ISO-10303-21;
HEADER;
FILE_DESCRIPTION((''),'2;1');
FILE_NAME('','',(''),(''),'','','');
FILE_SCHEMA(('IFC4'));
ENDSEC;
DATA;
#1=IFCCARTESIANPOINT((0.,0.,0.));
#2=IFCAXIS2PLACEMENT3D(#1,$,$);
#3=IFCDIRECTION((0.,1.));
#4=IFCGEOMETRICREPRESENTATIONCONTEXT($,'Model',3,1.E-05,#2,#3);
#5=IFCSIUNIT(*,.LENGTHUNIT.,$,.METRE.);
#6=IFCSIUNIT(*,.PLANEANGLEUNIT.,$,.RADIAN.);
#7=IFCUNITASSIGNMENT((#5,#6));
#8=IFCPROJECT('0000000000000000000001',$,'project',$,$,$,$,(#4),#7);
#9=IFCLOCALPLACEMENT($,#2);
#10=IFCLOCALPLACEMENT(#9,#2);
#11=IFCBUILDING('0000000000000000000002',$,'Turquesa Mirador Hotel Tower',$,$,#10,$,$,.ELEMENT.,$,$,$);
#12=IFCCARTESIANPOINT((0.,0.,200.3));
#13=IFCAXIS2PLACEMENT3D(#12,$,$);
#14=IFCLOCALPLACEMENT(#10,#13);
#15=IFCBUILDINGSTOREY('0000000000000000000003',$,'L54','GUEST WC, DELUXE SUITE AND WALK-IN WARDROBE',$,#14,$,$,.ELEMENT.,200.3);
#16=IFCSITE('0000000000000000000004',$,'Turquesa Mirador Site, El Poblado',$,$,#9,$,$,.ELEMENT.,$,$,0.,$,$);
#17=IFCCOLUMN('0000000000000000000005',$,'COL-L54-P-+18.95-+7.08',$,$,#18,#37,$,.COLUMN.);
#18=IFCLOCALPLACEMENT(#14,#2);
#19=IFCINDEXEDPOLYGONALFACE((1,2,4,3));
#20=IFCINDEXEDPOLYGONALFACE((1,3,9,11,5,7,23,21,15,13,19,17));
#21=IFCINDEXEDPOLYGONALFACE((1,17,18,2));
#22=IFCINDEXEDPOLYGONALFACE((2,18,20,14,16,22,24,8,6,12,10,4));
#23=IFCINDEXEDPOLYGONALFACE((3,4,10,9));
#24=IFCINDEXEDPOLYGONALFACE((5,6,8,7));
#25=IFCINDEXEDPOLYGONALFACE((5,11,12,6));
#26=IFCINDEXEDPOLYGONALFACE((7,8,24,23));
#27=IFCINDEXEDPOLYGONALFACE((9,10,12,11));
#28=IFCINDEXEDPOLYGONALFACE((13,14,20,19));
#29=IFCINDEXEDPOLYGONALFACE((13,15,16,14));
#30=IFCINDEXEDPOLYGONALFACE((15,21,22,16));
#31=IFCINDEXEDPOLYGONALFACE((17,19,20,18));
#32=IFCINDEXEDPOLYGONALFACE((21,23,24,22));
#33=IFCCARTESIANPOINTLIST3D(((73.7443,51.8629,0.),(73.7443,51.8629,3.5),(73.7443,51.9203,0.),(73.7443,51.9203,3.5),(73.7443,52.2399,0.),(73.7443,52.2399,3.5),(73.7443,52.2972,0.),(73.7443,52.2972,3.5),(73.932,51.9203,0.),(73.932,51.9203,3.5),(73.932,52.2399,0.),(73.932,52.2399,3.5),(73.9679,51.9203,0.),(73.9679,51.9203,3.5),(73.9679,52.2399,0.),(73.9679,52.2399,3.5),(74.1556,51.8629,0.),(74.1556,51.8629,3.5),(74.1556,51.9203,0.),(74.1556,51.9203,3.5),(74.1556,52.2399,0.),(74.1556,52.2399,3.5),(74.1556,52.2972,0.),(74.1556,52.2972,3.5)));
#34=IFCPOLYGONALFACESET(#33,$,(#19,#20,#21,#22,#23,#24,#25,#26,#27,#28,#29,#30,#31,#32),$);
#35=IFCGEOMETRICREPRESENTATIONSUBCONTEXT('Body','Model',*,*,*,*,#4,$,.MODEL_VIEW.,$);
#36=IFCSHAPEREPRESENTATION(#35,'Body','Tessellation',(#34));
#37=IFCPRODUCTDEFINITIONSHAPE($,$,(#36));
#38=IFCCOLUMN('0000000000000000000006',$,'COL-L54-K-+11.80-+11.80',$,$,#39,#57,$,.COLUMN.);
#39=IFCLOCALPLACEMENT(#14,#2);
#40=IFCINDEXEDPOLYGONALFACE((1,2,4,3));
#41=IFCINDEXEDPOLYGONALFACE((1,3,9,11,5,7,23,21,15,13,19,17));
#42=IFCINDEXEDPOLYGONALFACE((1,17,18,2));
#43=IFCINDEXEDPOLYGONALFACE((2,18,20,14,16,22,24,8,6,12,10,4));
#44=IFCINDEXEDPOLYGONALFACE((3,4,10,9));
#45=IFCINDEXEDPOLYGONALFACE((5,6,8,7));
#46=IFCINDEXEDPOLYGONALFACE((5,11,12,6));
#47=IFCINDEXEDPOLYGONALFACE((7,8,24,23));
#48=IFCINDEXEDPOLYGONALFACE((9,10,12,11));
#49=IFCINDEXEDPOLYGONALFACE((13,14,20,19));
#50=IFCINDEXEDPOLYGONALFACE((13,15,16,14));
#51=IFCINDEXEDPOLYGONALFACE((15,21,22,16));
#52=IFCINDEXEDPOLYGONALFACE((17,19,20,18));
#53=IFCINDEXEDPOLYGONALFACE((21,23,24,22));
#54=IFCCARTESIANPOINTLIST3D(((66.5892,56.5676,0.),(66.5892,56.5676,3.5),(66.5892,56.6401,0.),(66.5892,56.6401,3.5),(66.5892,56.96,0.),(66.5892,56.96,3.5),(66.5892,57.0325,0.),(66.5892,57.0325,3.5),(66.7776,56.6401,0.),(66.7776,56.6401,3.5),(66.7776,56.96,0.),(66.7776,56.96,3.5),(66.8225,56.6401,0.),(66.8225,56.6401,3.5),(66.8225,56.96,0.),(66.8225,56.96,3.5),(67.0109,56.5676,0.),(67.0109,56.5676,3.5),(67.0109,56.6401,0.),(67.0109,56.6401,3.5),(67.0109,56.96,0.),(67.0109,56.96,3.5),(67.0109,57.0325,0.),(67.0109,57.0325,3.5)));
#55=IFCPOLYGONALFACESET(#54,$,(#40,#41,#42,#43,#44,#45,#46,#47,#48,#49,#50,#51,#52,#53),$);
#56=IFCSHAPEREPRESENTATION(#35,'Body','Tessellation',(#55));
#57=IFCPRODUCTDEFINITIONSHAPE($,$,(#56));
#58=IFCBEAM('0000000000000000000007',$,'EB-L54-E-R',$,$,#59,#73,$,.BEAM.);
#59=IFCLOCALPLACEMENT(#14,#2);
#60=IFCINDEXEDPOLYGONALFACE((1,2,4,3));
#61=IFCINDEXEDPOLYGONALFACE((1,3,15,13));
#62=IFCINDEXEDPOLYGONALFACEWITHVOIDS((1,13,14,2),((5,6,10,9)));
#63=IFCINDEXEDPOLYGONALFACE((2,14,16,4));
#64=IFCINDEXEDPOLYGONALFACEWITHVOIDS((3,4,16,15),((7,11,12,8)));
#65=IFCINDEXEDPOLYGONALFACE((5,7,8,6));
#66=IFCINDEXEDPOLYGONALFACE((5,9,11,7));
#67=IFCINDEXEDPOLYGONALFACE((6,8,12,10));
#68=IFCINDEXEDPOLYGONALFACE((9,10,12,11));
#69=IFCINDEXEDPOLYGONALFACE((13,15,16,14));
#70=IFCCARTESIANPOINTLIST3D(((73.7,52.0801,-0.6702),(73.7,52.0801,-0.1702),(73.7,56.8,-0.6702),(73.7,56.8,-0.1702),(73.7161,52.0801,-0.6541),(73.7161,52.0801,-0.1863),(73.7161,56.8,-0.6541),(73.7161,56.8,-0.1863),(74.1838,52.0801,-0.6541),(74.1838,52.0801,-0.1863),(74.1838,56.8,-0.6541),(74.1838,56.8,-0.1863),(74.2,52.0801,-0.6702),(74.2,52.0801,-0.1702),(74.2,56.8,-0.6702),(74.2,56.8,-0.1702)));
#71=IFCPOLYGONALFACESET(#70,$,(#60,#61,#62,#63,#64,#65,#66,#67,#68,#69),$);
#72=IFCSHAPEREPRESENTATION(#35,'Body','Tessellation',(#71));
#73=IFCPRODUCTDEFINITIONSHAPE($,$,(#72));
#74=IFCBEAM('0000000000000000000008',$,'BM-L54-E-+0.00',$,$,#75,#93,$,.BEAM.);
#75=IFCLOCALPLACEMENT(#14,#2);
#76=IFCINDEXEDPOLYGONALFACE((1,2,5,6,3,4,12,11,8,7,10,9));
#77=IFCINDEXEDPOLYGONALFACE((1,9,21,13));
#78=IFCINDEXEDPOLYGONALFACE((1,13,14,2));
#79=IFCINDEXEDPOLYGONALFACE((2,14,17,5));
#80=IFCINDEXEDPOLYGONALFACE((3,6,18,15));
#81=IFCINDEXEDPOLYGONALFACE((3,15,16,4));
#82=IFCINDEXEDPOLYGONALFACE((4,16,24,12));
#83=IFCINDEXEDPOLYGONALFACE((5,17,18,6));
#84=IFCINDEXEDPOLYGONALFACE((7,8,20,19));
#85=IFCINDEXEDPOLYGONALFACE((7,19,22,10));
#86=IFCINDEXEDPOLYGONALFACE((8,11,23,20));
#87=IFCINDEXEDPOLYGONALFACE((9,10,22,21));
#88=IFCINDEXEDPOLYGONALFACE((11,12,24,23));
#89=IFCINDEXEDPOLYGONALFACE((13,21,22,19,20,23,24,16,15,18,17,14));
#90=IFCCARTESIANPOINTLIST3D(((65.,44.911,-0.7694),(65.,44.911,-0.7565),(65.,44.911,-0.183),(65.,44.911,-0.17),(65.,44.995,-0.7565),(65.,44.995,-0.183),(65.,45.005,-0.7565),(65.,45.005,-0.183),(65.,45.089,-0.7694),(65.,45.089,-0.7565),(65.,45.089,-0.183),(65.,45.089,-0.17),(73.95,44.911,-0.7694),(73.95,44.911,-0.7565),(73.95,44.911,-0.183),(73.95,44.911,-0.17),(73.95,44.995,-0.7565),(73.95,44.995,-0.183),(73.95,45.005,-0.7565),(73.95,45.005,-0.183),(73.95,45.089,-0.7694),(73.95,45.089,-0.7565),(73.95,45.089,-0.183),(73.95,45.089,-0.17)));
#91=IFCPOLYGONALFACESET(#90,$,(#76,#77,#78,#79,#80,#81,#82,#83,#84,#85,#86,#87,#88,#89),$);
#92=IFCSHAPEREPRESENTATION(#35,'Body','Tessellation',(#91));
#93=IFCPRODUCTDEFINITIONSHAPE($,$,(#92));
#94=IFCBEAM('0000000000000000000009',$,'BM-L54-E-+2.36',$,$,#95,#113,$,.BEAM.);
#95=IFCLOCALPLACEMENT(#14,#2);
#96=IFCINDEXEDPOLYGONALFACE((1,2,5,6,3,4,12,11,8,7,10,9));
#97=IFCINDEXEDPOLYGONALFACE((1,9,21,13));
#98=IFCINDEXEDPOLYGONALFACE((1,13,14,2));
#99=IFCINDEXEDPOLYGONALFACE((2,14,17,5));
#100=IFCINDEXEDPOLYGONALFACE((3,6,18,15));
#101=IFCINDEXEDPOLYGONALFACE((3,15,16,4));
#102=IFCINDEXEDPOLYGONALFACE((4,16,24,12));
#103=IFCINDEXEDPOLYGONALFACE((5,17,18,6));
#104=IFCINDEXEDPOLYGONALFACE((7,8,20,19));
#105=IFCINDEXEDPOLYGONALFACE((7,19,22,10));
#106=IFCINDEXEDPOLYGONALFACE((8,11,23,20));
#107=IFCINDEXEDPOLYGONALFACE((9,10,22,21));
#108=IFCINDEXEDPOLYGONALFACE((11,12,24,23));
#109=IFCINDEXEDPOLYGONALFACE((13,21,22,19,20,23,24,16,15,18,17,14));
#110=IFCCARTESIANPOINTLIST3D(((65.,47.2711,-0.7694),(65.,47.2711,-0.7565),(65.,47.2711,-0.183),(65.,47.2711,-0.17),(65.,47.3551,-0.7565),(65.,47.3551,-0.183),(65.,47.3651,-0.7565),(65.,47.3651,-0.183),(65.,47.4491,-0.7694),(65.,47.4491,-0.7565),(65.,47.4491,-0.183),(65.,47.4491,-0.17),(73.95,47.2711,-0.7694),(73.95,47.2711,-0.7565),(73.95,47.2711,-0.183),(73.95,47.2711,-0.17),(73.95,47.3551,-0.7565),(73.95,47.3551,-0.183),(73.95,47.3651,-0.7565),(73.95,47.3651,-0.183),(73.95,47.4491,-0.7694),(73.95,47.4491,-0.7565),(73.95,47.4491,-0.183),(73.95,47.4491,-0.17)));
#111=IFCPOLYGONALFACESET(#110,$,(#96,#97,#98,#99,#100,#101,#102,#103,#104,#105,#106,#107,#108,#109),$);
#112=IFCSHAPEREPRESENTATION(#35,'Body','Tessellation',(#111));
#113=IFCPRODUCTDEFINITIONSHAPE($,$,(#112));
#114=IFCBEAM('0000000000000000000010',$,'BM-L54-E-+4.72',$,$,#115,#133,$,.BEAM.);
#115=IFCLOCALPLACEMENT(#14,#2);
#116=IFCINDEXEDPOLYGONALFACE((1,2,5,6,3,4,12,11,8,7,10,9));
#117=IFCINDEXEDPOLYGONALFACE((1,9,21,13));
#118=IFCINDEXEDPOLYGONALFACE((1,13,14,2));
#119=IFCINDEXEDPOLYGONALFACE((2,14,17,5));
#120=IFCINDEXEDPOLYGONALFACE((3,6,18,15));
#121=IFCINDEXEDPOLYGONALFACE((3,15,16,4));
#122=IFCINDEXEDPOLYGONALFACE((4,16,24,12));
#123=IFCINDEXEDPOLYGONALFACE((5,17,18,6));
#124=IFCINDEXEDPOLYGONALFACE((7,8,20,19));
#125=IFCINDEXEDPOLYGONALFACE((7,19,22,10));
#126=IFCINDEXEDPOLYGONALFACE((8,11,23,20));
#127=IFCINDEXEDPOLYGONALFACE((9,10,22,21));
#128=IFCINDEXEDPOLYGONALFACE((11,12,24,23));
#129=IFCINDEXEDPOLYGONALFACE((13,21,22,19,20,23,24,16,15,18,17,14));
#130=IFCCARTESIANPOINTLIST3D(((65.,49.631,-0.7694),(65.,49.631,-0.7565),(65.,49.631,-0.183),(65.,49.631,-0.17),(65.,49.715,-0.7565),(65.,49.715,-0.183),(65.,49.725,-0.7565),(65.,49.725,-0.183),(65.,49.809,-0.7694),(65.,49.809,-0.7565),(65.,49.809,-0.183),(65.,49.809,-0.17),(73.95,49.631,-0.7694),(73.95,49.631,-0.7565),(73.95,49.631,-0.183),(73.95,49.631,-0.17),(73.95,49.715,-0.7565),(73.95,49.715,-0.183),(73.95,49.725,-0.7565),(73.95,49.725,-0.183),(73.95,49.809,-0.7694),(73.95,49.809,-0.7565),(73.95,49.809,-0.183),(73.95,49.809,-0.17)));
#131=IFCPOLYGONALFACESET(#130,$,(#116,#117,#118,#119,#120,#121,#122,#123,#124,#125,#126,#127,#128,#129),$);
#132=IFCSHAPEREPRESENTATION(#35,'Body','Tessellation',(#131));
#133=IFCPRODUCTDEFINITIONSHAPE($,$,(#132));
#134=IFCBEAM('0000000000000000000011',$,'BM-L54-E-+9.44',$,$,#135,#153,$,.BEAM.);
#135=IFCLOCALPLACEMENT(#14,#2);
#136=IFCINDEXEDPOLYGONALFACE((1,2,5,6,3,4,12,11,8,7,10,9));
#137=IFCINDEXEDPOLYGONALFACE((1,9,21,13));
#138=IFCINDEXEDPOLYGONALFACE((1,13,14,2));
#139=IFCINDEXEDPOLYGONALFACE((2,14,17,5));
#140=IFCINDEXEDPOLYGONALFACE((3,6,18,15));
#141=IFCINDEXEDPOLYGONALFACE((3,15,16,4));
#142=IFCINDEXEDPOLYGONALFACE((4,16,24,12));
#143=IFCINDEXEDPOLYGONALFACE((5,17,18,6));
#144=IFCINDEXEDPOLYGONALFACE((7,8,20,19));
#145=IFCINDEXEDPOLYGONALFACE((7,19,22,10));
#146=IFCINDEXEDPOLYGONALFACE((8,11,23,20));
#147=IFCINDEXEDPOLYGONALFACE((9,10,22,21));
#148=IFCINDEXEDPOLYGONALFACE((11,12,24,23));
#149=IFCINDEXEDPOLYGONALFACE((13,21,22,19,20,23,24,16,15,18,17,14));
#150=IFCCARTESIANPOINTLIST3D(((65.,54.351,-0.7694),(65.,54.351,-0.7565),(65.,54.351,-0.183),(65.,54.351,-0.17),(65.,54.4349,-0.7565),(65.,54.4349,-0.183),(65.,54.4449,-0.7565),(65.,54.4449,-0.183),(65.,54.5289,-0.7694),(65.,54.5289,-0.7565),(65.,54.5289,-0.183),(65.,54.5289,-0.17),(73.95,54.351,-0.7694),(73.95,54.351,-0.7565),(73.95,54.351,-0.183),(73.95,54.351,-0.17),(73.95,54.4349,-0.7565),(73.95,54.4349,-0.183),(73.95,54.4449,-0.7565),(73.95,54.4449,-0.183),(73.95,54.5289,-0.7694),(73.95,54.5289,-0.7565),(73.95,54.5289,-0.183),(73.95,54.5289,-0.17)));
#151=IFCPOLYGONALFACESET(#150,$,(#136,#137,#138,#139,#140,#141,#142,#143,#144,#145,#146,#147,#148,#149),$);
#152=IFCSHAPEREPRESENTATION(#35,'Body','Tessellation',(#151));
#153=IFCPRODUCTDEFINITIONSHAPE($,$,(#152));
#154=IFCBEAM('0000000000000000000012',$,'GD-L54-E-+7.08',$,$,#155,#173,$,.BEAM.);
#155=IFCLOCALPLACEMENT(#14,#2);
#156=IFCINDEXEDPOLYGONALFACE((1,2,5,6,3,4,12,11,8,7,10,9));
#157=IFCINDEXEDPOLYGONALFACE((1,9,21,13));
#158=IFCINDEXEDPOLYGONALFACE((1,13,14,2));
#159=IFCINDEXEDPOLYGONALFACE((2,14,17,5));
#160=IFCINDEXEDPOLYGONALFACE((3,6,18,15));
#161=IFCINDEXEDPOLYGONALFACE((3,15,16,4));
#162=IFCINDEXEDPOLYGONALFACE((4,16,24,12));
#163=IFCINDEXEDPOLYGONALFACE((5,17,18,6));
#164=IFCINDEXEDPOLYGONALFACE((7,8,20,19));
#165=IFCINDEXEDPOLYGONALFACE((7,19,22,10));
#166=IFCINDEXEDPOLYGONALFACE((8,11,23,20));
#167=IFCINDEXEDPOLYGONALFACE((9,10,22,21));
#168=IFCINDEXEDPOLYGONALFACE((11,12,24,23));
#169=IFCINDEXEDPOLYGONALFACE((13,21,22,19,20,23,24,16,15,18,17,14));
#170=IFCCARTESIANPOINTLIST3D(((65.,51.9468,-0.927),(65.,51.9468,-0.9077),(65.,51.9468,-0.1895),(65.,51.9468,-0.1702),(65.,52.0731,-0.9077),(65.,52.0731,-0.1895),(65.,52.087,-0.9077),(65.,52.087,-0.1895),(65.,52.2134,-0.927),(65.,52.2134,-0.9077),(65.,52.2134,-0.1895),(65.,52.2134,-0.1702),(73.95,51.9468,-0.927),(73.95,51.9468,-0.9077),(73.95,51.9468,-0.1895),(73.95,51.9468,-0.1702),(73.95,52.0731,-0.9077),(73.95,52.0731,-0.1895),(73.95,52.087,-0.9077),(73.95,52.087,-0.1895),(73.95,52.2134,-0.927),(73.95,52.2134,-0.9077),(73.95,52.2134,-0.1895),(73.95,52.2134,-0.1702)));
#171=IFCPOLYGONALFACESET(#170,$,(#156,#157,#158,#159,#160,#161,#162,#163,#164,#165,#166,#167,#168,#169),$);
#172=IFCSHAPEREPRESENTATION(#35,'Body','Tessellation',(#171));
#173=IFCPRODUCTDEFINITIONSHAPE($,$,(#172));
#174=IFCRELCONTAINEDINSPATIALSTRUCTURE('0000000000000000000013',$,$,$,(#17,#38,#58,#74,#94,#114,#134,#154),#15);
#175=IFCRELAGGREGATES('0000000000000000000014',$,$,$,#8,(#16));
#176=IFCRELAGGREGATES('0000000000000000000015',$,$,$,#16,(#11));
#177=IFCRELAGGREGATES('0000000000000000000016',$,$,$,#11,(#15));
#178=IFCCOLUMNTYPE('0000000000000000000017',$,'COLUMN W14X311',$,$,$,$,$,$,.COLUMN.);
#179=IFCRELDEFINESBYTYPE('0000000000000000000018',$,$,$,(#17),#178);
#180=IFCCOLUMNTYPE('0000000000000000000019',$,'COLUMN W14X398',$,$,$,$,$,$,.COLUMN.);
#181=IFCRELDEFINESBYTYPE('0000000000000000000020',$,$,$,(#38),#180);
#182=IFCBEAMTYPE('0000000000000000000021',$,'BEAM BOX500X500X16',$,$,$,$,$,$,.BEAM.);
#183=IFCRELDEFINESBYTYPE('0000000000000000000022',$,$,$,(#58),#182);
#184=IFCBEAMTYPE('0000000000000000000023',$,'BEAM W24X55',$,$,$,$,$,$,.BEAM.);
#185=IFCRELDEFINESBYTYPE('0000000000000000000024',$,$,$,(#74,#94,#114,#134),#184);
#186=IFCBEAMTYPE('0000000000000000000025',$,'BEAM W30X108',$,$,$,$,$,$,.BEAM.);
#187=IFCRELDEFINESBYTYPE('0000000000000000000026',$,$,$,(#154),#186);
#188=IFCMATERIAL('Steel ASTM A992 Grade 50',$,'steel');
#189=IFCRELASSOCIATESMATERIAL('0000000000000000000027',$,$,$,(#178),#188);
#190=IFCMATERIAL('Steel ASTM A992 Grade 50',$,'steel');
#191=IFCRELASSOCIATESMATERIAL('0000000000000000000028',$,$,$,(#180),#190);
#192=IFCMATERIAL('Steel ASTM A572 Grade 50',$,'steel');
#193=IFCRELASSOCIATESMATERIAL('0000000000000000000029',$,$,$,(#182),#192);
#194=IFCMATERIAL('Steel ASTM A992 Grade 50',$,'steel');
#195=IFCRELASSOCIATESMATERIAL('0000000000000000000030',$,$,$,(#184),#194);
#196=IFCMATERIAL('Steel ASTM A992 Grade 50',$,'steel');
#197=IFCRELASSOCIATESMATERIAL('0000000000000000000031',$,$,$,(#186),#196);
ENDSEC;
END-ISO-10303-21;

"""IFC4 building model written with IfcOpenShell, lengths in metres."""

from ifc_helpers import new_model, si_unit, direction, frame, origin, origin_2d, place, context, subcontext, project, spatial, hollow_rectangle, i_section, extrude, material, material_profile, profile_set, type_object, element, save


model = new_model("IFC4")

# Units and contexts
model_context = context("Model", 3, precision=1e-05, world=origin(), true_north=direction((0.0, 1.0)))
body_context = subcontext(model_context, "Body", "Model", "MODEL_VIEW")
ifc_project = project(units=[si_unit("LENGTHUNIT", "METRE"), si_unit("PLANEANGLEUNIT", "RADIAN")], contexts=[model_context])

# Site, building, storey
site_placement = place(None, origin())
site = spatial("IfcSite", under=ifc_project, at=site_placement, Name="Turquesa Mirador Site, El Poblado", CompositionType="ELEMENT", RefElevation=0.0)
building_placement = place(site_placement, origin())
building = spatial("IfcBuilding", under=site, at=building_placement, Name="Turquesa Mirador Hotel Tower", CompositionType="ELEMENT")
storey_placement = place(building_placement, frame((0.0, 0.0, 200.3)))
storey = spatial("IfcBuildingStorey", under=building, at=storey_placement, Name="L54", Description="GUEST WC, DELUXE SUITE AND WALK-IN WARDROBE", CompositionType="ELEMENT", Elevation=200.3)

# Columns
ifc_material_1 = material(Name="Steel ASTM A992 Grade 50", Category="steel")
ifc_material_profile_1 = material_profile(ifc_material_1, i_section(OverallWidth=0.4114, OverallDepth=0.4343, WebThickness=0.0359, FlangeThickness=0.0574, at=origin_2d()), Name="W14X311")
ifc_profile_set_1 = profile_set([ifc_material_profile_1], Name="Steel ASTM A992 Grade 50")
column_type_1 = type_object("IfcColumnType", Name="COLUMN W14X311", PredefinedType="COLUMN", material=ifc_profile_set_1)
column_1_placement = place(storey_placement, frame((73.95, 52.0801, 0.0), z_axis=(0.0, 0.0, 1.0), x_axis=(1.0, 0.0, 0.0)))
element("IfcColumn", 1, at=column_1_placement, inside=storey, type_object=column_type_1, Name="COL-L54-P-+18.95-+7.08", PredefinedType="COLUMN", context=body_context, shape_type="SweptSolid", body=[
    extrude(i_section(OverallWidth=0.4114, OverallDepth=0.4343, WebThickness=0.0359, FlangeThickness=0.0574, at=origin_2d()), origin(), (0.0, 0.0, 1.0), 3.5),
])
ifc_material_2 = material(Name="Steel ASTM A992 Grade 50", Category="steel")
ifc_material_profile_2 = material_profile(ifc_material_2, i_section(OverallWidth=0.4216, OverallDepth=0.4648, WebThickness=0.0449, FlangeThickness=0.0725, at=origin_2d()), Name="W14X398")
ifc_profile_set_2 = profile_set([ifc_material_profile_2], Name="Steel ASTM A992 Grade 50")
column_type_2 = type_object("IfcColumnType", Name="COLUMN W14X398", PredefinedType="COLUMN", material=ifc_profile_set_2)
column_2_placement = place(storey_placement, frame((66.8, 56.8, 0.0), z_axis=(0.0, 0.0, 1.0), x_axis=(1.0, 0.0, 0.0)))
element("IfcColumn", 2, at=column_2_placement, inside=storey, type_object=column_type_2, Name="COL-L54-K-+11.80-+11.80", PredefinedType="COLUMN", context=body_context, shape_type="SweptSolid", body=[
    extrude(i_section(OverallWidth=0.4216, OverallDepth=0.4648, WebThickness=0.0449, FlangeThickness=0.0725, at=origin_2d()), origin(), (0.0, 0.0, 1.0), 3.5),
])

# Beams
ifc_material_3 = material(Name="Steel ASTM A572 Grade 50", Category="steel")
ifc_material_profile_3 = material_profile(ifc_material_3, hollow_rectangle(XDim=0.5, YDim=0.5, WallThickness=0.0161, at=origin_2d()), Name="BOX500X500X16")
ifc_profile_set_3 = profile_set([ifc_material_profile_3], Name="Steel ASTM A572 Grade 50")
beam_type_1 = type_object("IfcBeamType", Name="BEAM BOX500X500X16", PredefinedType="BEAM", material=ifc_profile_set_3)
beam_1_placement = place(storey_placement, frame((73.95, 52.0801, -0.4202), z_axis=(0.0, 1.0, 0.0), x_axis=(-1.0, 0.0, 0.0)))
element("IfcBeam", 3, at=beam_1_placement, inside=storey, type_object=beam_type_1, Name="EB-L54-E-R", PredefinedType="BEAM", context=body_context, shape_type="SweptSolid", body=[
    extrude(hollow_rectangle(XDim=0.5, YDim=0.5, WallThickness=0.0161, at=origin_2d()), origin(), (0.0, 0.0, 1.0), 4.72),
])
ifc_material_4 = material(Name="Steel ASTM A992 Grade 50", Category="steel")
ifc_material_profile_4 = material_profile(ifc_material_4, i_section(OverallWidth=0.178, OverallDepth=0.5994, WebThickness=0.01, FlangeThickness=0.0129, at=origin_2d()), Name="W24X55")
ifc_profile_set_4 = profile_set([ifc_material_profile_4], Name="Steel ASTM A992 Grade 50")
beam_type_2 = type_object("IfcBeamType", Name="BEAM W24X55", PredefinedType="BEAM", material=ifc_profile_set_4)
for number, where, z_axis, x_axis, name in (
    (4, (73.95, 45.0, -0.4697), (-1.0, 0.0, 0.0), (0.0, -1.0, 0.0), "BM-L54-E-+0.00"),
    (5, (73.95, 47.3601, -0.4697), (-1.0, 0.0, 0.0), (0.0, -1.0, 0.0), "BM-L54-E-+2.36"),
    (6, (73.95, 49.72, -0.4697), (-1.0, 0.0, 0.0), (0.0, -1.0, 0.0), "BM-L54-E-+4.72"),
    (7, (73.95, 54.4399, -0.4697), (-1.0, 0.0, 0.0), (0.0, -1.0, 0.0), "BM-L54-E-+9.44"),
):
    element("IfcBeam", number, at=place(storey_placement, frame(where, z_axis=z_axis, x_axis=x_axis)), inside=storey, type_object=beam_type_2, Name=name, PredefinedType="BEAM", context=body_context, shape_type="SweptSolid", body=[
        extrude(i_section(OverallWidth=0.178, OverallDepth=0.5994, WebThickness=0.01, FlangeThickness=0.0129, at=origin_2d()), origin(), (0.0, 0.0, 1.0), 8.95),
    ])
ifc_material_5 = material(Name="Steel ASTM A992 Grade 50", Category="steel")
ifc_material_profile_5 = material_profile(ifc_material_5, i_section(OverallWidth=0.2666, OverallDepth=0.7568, WebThickness=0.0139, FlangeThickness=0.0193, at=origin_2d()), Name="W30X108")
ifc_profile_set_5 = profile_set([ifc_material_profile_5], Name="Steel ASTM A992 Grade 50")
beam_type_3 = type_object("IfcBeamType", Name="BEAM W30X108", PredefinedType="BEAM", material=ifc_profile_set_5)
beam_2_placement = place(storey_placement, frame((73.95, 52.0801, -0.5486), z_axis=(-1.0, 0.0, 0.0), x_axis=(0.0, -1.0, 0.0)))
element("IfcBeam", 8, at=beam_2_placement, inside=storey, type_object=beam_type_3, Name="GD-L54-E-+7.08", PredefinedType="BEAM", context=body_context, shape_type="SweptSolid", body=[
    extrude(i_section(OverallWidth=0.2666, OverallDepth=0.7568, WebThickness=0.0139, FlangeThickness=0.0193, at=origin_2d()), origin(), (0.0, 0.0, 1.0), 8.95),
])

save(model, "model.ifc")
